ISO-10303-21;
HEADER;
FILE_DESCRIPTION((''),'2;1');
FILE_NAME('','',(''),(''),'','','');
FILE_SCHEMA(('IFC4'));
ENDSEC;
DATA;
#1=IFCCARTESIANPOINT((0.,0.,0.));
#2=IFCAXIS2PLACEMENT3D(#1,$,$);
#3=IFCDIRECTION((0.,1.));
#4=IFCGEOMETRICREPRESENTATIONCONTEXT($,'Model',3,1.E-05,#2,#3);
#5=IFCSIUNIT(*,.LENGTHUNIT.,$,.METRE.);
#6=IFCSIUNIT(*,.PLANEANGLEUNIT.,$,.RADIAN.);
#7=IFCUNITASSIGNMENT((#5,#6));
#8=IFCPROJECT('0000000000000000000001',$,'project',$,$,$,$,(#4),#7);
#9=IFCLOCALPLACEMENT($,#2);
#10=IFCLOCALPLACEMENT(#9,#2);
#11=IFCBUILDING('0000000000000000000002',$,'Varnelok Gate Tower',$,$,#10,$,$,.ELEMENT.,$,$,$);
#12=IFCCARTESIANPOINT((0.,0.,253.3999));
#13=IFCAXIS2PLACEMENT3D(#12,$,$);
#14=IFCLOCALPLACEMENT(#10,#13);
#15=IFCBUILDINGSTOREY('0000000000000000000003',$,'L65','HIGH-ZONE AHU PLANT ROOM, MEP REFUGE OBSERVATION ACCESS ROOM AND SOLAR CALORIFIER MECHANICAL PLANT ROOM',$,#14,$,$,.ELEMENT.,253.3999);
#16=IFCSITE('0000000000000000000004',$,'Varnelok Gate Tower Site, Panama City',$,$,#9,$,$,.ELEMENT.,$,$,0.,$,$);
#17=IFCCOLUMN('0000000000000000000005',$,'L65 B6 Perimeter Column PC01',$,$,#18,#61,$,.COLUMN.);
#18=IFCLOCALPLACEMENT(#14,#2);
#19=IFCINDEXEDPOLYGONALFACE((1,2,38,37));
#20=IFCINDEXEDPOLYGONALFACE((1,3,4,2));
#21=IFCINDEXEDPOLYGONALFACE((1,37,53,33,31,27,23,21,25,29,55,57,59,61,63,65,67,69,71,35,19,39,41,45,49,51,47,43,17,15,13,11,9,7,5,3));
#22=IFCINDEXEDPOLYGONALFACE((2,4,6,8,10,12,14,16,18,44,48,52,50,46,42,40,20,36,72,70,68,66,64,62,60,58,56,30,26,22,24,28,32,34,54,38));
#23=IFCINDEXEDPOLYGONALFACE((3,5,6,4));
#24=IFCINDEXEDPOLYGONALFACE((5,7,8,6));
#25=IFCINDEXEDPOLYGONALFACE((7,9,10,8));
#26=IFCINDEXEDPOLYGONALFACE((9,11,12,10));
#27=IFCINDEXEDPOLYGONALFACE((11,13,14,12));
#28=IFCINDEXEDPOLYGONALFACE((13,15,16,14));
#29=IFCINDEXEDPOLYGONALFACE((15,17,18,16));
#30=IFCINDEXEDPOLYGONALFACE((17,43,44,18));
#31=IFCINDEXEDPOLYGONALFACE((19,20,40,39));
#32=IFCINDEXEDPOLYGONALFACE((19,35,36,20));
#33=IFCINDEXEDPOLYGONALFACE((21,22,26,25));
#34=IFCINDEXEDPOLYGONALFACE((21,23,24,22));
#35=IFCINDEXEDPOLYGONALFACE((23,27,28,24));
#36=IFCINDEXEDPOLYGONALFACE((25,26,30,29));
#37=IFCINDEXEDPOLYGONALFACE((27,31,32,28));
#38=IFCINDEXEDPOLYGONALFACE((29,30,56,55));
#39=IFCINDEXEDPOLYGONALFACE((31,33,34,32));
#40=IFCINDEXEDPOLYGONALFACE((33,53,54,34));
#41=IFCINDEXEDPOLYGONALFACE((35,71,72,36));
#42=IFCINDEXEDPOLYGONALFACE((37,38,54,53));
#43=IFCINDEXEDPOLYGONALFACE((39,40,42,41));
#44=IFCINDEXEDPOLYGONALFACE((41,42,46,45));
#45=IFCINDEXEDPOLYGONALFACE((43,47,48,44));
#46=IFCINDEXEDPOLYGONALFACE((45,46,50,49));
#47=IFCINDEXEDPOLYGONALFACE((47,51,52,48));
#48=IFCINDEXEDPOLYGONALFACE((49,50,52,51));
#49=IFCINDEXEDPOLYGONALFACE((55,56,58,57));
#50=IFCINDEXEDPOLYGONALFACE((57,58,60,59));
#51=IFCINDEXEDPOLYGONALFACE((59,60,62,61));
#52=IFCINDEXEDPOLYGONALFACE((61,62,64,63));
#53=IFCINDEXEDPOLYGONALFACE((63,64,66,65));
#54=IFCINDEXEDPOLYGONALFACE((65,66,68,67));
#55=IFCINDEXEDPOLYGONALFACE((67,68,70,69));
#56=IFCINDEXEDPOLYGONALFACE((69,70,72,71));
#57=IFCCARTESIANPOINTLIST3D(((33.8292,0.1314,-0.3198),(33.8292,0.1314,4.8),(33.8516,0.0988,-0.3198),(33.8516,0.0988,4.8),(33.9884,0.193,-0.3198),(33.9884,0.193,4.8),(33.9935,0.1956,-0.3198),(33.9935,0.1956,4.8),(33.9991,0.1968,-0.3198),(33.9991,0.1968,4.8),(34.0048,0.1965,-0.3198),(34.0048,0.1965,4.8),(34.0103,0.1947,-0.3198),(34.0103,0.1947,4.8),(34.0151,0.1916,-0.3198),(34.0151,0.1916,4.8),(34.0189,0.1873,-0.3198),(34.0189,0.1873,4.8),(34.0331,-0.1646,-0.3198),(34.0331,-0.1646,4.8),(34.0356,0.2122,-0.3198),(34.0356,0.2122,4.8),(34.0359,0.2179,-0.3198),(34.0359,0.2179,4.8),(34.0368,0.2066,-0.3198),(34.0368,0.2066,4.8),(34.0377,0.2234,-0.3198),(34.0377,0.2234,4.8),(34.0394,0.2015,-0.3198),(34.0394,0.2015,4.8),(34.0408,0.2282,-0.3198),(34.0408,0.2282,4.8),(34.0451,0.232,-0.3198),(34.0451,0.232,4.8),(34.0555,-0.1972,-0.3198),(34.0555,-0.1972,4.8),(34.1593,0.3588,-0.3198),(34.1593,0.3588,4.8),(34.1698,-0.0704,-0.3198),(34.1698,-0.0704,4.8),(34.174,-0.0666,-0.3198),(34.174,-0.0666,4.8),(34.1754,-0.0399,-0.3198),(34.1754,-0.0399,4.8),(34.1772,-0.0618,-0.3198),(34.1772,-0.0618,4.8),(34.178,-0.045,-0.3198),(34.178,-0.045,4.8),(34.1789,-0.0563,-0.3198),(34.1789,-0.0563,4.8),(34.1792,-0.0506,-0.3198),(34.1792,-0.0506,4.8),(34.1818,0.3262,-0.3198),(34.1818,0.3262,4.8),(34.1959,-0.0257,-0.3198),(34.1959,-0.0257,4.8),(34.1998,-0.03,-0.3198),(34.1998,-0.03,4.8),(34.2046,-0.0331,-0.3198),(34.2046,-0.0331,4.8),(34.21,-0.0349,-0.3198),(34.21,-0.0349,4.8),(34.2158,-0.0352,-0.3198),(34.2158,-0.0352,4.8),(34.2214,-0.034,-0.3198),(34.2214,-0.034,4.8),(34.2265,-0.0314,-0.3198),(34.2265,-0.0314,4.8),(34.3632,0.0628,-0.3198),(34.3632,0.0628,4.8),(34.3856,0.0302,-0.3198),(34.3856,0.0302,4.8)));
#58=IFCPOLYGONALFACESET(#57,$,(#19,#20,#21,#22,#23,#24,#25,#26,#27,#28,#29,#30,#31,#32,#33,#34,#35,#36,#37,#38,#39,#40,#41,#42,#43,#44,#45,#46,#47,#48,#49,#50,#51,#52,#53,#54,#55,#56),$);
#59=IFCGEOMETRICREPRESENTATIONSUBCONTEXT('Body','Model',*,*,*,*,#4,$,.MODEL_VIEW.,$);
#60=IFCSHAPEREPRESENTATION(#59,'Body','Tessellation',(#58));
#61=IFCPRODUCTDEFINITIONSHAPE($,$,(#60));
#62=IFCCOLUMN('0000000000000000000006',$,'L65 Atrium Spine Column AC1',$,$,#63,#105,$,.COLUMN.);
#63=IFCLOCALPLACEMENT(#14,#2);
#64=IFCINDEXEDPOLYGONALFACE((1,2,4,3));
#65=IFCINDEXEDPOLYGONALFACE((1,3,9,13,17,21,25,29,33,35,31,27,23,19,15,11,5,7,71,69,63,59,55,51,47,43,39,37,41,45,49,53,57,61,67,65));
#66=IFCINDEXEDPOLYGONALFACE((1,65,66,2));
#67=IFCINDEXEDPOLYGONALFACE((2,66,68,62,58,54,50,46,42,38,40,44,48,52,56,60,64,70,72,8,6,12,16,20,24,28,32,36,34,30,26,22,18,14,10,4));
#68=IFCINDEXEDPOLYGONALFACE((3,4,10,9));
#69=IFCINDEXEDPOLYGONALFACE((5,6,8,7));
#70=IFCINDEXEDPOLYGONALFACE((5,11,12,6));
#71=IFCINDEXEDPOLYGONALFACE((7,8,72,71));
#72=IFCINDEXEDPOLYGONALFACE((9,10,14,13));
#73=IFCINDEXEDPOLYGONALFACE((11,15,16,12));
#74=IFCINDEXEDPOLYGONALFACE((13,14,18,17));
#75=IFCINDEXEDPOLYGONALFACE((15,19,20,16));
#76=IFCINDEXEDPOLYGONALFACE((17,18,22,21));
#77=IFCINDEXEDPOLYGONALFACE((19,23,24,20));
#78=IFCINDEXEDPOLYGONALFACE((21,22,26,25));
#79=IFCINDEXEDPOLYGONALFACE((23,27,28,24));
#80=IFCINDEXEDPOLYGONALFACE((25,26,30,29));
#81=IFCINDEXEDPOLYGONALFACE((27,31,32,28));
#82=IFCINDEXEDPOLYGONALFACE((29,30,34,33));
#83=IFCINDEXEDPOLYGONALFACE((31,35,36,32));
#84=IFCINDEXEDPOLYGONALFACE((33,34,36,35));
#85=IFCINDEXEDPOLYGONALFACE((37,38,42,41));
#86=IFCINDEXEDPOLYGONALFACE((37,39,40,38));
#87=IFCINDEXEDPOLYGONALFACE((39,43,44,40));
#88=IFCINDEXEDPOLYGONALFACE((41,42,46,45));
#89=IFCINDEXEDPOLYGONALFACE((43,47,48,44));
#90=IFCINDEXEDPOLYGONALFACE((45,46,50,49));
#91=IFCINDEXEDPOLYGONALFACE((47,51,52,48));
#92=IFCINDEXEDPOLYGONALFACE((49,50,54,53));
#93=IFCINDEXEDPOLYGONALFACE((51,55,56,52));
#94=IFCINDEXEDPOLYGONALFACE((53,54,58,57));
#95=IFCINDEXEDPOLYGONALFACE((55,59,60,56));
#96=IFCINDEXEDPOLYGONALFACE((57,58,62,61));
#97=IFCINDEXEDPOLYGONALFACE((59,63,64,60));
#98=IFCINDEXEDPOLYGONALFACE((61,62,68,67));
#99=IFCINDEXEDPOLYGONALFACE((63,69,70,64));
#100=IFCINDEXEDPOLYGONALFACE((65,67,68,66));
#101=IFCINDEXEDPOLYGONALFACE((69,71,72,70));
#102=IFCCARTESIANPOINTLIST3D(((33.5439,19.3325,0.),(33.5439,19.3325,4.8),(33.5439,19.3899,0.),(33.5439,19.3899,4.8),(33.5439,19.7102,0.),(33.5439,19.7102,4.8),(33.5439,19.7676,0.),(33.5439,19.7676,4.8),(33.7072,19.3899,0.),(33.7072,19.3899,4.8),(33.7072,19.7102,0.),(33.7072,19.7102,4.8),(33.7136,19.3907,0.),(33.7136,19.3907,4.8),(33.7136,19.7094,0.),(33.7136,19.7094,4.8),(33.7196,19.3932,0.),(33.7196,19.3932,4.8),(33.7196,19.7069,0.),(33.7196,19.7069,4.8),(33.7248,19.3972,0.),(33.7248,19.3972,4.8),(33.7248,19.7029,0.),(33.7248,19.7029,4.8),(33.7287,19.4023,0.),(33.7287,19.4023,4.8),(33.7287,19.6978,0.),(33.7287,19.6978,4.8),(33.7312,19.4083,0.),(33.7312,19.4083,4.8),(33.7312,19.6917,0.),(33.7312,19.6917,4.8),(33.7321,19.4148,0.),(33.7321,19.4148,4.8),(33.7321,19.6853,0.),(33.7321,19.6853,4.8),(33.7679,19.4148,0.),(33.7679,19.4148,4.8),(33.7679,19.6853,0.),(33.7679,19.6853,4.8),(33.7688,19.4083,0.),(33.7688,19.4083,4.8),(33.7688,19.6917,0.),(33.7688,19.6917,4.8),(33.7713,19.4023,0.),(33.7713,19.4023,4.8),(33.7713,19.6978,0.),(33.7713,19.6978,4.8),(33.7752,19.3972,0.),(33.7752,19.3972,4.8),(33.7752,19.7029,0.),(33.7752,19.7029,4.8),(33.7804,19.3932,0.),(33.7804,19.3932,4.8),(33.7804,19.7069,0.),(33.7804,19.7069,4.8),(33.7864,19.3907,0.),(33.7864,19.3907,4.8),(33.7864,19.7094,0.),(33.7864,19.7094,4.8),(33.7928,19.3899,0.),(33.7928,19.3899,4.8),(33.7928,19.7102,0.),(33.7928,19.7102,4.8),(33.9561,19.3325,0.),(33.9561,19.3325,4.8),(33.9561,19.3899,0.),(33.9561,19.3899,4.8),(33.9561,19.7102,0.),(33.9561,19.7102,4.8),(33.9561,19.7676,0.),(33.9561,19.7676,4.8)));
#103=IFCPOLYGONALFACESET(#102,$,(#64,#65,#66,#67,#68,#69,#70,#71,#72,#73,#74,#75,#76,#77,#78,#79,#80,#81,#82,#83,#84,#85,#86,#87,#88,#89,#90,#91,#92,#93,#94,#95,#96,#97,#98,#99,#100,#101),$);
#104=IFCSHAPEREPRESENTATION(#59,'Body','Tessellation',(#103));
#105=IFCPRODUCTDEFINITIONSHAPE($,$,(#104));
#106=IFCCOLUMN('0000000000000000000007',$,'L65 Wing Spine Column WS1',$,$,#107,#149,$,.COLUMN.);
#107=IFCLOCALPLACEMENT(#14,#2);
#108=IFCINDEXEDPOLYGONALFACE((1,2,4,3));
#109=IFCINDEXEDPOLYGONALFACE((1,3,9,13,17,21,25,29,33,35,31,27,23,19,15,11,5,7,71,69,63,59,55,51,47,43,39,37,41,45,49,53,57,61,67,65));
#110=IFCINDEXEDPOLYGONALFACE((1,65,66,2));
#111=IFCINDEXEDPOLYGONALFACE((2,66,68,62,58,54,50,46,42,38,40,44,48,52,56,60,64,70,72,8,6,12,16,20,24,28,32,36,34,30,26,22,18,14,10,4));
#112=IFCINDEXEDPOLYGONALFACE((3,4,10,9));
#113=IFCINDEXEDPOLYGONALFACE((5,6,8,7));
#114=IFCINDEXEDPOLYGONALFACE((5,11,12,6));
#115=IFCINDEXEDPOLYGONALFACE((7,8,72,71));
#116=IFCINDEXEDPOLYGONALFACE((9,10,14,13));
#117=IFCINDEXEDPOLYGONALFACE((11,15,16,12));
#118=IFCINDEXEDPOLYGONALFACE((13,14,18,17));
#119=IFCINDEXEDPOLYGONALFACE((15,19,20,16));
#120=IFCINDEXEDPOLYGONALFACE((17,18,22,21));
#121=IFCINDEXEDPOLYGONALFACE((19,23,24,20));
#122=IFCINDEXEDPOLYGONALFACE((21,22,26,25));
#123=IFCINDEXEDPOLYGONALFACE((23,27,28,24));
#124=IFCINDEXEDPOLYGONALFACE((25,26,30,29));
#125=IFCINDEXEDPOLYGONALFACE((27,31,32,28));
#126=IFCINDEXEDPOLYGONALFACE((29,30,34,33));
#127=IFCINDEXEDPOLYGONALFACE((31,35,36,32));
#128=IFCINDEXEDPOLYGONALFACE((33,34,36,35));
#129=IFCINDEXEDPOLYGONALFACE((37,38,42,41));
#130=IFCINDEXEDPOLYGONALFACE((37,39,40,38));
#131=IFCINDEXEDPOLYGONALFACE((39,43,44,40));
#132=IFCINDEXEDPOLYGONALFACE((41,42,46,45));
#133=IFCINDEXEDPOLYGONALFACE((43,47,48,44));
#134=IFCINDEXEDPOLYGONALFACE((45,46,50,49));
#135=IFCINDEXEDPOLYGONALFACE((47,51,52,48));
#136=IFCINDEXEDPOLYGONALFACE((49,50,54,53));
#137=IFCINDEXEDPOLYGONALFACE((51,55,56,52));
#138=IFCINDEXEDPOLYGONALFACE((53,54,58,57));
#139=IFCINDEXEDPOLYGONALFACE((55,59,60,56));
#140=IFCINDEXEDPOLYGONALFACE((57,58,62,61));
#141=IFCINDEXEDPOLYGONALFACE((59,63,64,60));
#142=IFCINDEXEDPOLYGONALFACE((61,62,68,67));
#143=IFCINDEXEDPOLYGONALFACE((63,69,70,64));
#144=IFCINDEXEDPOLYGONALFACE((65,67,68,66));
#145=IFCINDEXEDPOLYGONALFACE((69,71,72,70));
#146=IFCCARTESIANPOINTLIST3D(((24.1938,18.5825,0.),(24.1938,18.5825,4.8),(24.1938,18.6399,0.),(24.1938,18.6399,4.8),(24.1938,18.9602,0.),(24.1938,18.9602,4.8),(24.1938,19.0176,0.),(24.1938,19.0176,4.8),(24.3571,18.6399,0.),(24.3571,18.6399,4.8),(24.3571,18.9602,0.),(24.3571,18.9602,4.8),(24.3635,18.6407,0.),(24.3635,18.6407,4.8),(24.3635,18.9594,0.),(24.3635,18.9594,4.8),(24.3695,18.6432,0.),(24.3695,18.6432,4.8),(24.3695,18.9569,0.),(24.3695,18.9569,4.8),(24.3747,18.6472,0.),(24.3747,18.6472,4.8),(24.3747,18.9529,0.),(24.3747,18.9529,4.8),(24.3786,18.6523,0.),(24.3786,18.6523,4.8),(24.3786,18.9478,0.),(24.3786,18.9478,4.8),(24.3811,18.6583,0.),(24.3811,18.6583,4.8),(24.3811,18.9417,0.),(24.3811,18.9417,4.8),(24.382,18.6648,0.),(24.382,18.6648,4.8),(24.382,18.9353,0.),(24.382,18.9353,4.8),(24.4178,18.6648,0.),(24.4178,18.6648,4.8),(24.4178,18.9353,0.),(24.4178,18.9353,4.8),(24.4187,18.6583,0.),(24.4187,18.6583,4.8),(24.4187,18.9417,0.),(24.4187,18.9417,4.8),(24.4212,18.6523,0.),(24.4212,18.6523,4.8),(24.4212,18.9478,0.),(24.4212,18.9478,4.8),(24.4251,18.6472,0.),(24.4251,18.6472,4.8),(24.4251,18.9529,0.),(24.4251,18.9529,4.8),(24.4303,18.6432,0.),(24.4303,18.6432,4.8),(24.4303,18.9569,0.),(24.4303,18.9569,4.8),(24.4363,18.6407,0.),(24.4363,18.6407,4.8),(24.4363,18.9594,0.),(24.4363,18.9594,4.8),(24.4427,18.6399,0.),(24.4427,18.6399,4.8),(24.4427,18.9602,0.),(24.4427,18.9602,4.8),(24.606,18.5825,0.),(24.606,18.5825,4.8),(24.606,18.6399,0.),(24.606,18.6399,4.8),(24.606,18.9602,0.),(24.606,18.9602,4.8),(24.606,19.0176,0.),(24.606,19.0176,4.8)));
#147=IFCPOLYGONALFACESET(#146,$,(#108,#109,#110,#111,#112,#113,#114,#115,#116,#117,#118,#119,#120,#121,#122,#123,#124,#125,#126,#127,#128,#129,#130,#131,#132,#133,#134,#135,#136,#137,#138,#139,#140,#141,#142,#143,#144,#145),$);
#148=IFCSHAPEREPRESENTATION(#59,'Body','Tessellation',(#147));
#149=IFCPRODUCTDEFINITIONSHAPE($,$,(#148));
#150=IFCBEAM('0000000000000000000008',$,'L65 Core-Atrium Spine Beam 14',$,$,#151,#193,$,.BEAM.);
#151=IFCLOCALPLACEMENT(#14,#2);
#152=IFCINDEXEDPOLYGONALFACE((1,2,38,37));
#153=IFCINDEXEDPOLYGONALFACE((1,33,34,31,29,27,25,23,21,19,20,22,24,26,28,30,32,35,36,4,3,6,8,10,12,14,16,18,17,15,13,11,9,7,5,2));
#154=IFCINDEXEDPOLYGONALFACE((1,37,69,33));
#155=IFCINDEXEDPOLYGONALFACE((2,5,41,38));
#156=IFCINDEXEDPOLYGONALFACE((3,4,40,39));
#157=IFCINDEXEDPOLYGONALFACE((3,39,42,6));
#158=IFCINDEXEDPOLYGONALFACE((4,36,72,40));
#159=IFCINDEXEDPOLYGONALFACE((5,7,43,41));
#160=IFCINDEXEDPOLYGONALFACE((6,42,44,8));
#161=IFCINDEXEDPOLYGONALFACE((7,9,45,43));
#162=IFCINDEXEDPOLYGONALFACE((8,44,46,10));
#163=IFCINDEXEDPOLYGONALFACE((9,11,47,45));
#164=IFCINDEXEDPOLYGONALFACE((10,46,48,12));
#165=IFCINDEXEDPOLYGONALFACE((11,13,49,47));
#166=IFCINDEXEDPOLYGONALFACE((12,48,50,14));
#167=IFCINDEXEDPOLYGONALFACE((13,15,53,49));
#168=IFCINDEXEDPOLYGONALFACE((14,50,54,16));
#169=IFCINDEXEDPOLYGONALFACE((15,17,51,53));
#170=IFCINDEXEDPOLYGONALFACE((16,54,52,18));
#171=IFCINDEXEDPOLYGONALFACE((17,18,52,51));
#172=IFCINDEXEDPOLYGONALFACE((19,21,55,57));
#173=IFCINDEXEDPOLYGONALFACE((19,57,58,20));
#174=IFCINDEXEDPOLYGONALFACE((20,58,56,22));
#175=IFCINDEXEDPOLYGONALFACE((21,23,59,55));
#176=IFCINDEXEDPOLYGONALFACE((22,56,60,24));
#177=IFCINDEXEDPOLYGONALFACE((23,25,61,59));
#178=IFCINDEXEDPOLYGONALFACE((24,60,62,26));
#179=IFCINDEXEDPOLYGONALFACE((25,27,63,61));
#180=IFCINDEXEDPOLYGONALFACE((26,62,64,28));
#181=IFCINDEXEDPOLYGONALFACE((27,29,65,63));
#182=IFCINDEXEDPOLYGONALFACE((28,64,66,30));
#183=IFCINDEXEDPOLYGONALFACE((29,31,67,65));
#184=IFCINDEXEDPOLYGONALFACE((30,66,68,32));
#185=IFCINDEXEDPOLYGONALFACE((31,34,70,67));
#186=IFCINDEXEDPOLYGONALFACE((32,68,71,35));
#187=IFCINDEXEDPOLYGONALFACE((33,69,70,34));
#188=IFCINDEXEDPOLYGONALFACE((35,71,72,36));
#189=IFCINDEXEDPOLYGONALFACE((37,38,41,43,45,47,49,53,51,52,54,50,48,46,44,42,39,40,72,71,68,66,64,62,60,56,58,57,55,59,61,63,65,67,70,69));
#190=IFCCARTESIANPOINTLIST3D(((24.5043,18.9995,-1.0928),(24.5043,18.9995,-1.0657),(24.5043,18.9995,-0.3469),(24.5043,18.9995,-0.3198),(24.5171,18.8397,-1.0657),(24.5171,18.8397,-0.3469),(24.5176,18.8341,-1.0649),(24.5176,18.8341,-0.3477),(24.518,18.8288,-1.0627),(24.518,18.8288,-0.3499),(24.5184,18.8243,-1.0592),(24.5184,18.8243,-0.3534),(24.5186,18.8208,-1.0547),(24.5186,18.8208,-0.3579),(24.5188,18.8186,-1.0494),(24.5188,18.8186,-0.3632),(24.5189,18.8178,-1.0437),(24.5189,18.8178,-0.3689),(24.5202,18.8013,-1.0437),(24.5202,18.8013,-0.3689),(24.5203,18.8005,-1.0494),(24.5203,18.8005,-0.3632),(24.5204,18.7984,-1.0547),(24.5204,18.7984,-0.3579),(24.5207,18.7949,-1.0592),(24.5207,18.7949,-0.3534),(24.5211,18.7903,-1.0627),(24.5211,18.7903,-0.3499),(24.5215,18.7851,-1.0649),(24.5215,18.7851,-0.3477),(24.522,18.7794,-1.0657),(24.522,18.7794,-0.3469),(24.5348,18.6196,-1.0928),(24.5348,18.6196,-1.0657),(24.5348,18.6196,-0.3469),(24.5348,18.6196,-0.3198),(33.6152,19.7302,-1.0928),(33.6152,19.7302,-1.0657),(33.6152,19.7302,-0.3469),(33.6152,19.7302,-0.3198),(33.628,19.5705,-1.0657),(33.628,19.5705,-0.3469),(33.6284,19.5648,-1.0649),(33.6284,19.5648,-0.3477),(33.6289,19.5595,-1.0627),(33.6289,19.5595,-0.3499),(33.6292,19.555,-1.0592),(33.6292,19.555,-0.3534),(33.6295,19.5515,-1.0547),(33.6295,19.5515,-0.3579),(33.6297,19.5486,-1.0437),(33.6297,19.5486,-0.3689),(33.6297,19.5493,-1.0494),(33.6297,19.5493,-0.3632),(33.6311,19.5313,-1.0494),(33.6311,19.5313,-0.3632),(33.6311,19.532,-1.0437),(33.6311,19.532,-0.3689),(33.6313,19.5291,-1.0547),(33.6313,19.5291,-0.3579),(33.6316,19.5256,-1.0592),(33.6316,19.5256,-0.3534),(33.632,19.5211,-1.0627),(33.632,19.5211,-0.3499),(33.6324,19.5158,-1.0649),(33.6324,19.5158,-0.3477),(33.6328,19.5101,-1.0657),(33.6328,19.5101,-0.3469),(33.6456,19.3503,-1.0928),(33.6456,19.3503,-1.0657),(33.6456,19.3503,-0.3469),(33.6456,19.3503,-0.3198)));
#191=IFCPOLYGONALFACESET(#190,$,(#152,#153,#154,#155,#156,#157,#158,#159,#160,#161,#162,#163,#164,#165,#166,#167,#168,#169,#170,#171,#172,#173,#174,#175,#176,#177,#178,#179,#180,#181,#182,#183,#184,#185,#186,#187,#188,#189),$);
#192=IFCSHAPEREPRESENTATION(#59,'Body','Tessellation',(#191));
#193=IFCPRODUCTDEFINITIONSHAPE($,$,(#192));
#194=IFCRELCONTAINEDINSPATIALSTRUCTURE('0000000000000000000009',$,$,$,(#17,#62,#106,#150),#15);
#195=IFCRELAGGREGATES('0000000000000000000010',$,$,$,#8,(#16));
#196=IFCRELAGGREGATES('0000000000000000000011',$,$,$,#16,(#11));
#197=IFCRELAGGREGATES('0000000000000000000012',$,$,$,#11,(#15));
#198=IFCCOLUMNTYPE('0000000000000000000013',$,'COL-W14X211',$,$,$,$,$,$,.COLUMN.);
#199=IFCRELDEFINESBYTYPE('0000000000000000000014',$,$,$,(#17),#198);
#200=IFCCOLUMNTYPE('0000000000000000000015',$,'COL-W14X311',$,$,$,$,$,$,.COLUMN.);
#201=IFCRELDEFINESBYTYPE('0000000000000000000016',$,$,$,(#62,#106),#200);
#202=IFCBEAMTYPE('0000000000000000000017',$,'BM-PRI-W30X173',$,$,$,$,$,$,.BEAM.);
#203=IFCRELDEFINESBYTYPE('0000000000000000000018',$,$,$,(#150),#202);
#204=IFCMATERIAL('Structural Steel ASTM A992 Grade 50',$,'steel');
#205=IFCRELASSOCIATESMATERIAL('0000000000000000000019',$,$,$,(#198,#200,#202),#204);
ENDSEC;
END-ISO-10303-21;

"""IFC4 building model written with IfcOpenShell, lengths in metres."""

from ifc_helpers import new_model, si_unit, direction, frame, origin, origin_2d, place, context, subcontext, project, spatial, i_section, extrude, material, material_profile, profile_set, type_object, element, save


model = new_model("IFC4")

# Units and contexts
model_context = context("Model", 3, precision=1e-05, world=origin(), true_north=direction((0.0, 1.0)))
body_context = subcontext(model_context, "Body", "Model", "MODEL_VIEW")
ifc_project = project(units=[si_unit("LENGTHUNIT", "METRE"), si_unit("PLANEANGLEUNIT", "RADIAN")], contexts=[model_context])

# Site, building, storey
site_placement = place(None, origin())
site = spatial("IfcSite", under=ifc_project, at=site_placement, Name="Varnelok Gate Tower Site, Panama City", CompositionType="ELEMENT", RefElevation=0.0)
building_placement = place(site_placement, origin())
building = spatial("IfcBuilding", under=site, at=building_placement, Name="Varnelok Gate Tower", CompositionType="ELEMENT")
storey_placement = place(building_placement, frame((0.0, 0.0, 253.3999)))
storey = spatial("IfcBuildingStorey", under=building, at=storey_placement, Name="L65", Description="HIGH-ZONE AHU PLANT ROOM, MEP REFUGE OBSERVATION ACCESS ROOM AND SOLAR CALORIFIER MECHANICAL PLANT ROOM", CompositionType="ELEMENT", Elevation=253.3999)

# Columns
ifc_material_1 = material(Name="Structural Steel ASTM A992 Grade 50", Category="steel")
ifc_material_profile_1 = material_profile(ifc_material_1, i_section(OverallWidth=0.4009, OverallDepth=0.3989, WebThickness=0.0249, FlangeThickness=0.0396, FilletRadius=0.022, at=origin_2d()), Name="W14X211")
ifc_profile_set_1 = profile_set([ifc_material_profile_1], Name="Structural Steel ASTM A992 Grade 50")
column_type_1 = type_object("IfcColumnType", Name="COL-W14X211", PredefinedType="COLUMN", material=ifc_profile_set_1)
column_placement = place(storey_placement, frame((34.1074, 0.0808, -0.3198), z_axis=(0.0, 0.0, 1.0), x_axis=(0.823533, 0.567269, 0.0)))
element("IfcColumn", 1, at=column_placement, inside=storey, type_object=column_type_1, Name="L65 B6 Perimeter Column PC01", PredefinedType="COLUMN", context=body_context, shape_type="SweptSolid", body=[
    extrude(i_section(OverallWidth=0.4009, OverallDepth=0.3989, WebThickness=0.0249, FlangeThickness=0.0396, FilletRadius=0.022, at=origin_2d()), origin(), (0.0, 0.0, 1.0), 5.1199),
])
ifc_material_profile_2 = material_profile(ifc_material_1, i_section(OverallWidth=0.4121, OverallDepth=0.4351, WebThickness=0.0359, FlangeThickness=0.0574, FilletRadius=0.0249, at=origin_2d()), Name="W14X311")
ifc_profile_set_2 = profile_set([ifc_material_profile_2], Name="Structural Steel ASTM A992 Grade 50")
column_type_2 = type_object("IfcColumnType", Name="COL-W14X311", PredefinedType="COLUMN", material=ifc_profile_set_2)
for number, where, z_axis, x_axis, name in (
    (2, (33.75, 19.55, 0.0), (0.0, 0.0, 1.0), (1.0, 0.0, 0.0), "L65 Atrium Spine Column AC1"),
    (3, (24.3999, 18.8, 0.0), (0.0, 0.0, 1.0), (1.0, 0.0, 0.0), "L65 Wing Spine Column WS1"),
):
    element("IfcColumn", number, at=place(storey_placement, frame(where, z_axis=z_axis, x_axis=x_axis)), inside=storey, type_object=column_type_2, Name=name, PredefinedType="COLUMN", context=body_context, shape_type="SweptSolid", body=[
        extrude(i_section(OverallWidth=0.4121, OverallDepth=0.4351, WebThickness=0.0359, FlangeThickness=0.0574, FilletRadius=0.0249, at=origin_2d()), origin(), (0.0, 0.0, 1.0), 4.8),
    ])

# Beam
ifc_material_profile_3 = material_profile(ifc_material_1, i_section(OverallWidth=0.3811, OverallDepth=0.7729, WebThickness=0.0166, FlangeThickness=0.0271, FilletRadius=0.022, at=origin_2d()), Name="W30X173")
ifc_profile_set_3 = profile_set([ifc_material_profile_3], Name="Structural Steel ASTM A992 Grade 50")
beam_type_1 = type_object("IfcBeamType", Name="BM-PRI-W30X173", PredefinedType="BEAM", material=ifc_profile_set_3)
beam_1_placement = place(storey_placement, frame((24.5195, 18.8096, -0.7063), z_axis=(0.996799, 0.079946, 0.0), x_axis=(-0.079946, 0.996799, 0.0)))
element("IfcBeam", 4, at=beam_1_placement, inside=storey, type_object=beam_type_1, Name="L65 Core-Atrium Spine Beam 14", PredefinedType="BEAM", context=body_context, shape_type="SweptSolid", body=[
    extrude(i_section(OverallWidth=0.3811, OverallDepth=0.7729, WebThickness=0.0166, FlangeThickness=0.0271, FilletRadius=0.022, at=origin_2d()), origin(), (0.0, 0.0, 1.0), 9.1401),
])

save(model, "model.ifc")
